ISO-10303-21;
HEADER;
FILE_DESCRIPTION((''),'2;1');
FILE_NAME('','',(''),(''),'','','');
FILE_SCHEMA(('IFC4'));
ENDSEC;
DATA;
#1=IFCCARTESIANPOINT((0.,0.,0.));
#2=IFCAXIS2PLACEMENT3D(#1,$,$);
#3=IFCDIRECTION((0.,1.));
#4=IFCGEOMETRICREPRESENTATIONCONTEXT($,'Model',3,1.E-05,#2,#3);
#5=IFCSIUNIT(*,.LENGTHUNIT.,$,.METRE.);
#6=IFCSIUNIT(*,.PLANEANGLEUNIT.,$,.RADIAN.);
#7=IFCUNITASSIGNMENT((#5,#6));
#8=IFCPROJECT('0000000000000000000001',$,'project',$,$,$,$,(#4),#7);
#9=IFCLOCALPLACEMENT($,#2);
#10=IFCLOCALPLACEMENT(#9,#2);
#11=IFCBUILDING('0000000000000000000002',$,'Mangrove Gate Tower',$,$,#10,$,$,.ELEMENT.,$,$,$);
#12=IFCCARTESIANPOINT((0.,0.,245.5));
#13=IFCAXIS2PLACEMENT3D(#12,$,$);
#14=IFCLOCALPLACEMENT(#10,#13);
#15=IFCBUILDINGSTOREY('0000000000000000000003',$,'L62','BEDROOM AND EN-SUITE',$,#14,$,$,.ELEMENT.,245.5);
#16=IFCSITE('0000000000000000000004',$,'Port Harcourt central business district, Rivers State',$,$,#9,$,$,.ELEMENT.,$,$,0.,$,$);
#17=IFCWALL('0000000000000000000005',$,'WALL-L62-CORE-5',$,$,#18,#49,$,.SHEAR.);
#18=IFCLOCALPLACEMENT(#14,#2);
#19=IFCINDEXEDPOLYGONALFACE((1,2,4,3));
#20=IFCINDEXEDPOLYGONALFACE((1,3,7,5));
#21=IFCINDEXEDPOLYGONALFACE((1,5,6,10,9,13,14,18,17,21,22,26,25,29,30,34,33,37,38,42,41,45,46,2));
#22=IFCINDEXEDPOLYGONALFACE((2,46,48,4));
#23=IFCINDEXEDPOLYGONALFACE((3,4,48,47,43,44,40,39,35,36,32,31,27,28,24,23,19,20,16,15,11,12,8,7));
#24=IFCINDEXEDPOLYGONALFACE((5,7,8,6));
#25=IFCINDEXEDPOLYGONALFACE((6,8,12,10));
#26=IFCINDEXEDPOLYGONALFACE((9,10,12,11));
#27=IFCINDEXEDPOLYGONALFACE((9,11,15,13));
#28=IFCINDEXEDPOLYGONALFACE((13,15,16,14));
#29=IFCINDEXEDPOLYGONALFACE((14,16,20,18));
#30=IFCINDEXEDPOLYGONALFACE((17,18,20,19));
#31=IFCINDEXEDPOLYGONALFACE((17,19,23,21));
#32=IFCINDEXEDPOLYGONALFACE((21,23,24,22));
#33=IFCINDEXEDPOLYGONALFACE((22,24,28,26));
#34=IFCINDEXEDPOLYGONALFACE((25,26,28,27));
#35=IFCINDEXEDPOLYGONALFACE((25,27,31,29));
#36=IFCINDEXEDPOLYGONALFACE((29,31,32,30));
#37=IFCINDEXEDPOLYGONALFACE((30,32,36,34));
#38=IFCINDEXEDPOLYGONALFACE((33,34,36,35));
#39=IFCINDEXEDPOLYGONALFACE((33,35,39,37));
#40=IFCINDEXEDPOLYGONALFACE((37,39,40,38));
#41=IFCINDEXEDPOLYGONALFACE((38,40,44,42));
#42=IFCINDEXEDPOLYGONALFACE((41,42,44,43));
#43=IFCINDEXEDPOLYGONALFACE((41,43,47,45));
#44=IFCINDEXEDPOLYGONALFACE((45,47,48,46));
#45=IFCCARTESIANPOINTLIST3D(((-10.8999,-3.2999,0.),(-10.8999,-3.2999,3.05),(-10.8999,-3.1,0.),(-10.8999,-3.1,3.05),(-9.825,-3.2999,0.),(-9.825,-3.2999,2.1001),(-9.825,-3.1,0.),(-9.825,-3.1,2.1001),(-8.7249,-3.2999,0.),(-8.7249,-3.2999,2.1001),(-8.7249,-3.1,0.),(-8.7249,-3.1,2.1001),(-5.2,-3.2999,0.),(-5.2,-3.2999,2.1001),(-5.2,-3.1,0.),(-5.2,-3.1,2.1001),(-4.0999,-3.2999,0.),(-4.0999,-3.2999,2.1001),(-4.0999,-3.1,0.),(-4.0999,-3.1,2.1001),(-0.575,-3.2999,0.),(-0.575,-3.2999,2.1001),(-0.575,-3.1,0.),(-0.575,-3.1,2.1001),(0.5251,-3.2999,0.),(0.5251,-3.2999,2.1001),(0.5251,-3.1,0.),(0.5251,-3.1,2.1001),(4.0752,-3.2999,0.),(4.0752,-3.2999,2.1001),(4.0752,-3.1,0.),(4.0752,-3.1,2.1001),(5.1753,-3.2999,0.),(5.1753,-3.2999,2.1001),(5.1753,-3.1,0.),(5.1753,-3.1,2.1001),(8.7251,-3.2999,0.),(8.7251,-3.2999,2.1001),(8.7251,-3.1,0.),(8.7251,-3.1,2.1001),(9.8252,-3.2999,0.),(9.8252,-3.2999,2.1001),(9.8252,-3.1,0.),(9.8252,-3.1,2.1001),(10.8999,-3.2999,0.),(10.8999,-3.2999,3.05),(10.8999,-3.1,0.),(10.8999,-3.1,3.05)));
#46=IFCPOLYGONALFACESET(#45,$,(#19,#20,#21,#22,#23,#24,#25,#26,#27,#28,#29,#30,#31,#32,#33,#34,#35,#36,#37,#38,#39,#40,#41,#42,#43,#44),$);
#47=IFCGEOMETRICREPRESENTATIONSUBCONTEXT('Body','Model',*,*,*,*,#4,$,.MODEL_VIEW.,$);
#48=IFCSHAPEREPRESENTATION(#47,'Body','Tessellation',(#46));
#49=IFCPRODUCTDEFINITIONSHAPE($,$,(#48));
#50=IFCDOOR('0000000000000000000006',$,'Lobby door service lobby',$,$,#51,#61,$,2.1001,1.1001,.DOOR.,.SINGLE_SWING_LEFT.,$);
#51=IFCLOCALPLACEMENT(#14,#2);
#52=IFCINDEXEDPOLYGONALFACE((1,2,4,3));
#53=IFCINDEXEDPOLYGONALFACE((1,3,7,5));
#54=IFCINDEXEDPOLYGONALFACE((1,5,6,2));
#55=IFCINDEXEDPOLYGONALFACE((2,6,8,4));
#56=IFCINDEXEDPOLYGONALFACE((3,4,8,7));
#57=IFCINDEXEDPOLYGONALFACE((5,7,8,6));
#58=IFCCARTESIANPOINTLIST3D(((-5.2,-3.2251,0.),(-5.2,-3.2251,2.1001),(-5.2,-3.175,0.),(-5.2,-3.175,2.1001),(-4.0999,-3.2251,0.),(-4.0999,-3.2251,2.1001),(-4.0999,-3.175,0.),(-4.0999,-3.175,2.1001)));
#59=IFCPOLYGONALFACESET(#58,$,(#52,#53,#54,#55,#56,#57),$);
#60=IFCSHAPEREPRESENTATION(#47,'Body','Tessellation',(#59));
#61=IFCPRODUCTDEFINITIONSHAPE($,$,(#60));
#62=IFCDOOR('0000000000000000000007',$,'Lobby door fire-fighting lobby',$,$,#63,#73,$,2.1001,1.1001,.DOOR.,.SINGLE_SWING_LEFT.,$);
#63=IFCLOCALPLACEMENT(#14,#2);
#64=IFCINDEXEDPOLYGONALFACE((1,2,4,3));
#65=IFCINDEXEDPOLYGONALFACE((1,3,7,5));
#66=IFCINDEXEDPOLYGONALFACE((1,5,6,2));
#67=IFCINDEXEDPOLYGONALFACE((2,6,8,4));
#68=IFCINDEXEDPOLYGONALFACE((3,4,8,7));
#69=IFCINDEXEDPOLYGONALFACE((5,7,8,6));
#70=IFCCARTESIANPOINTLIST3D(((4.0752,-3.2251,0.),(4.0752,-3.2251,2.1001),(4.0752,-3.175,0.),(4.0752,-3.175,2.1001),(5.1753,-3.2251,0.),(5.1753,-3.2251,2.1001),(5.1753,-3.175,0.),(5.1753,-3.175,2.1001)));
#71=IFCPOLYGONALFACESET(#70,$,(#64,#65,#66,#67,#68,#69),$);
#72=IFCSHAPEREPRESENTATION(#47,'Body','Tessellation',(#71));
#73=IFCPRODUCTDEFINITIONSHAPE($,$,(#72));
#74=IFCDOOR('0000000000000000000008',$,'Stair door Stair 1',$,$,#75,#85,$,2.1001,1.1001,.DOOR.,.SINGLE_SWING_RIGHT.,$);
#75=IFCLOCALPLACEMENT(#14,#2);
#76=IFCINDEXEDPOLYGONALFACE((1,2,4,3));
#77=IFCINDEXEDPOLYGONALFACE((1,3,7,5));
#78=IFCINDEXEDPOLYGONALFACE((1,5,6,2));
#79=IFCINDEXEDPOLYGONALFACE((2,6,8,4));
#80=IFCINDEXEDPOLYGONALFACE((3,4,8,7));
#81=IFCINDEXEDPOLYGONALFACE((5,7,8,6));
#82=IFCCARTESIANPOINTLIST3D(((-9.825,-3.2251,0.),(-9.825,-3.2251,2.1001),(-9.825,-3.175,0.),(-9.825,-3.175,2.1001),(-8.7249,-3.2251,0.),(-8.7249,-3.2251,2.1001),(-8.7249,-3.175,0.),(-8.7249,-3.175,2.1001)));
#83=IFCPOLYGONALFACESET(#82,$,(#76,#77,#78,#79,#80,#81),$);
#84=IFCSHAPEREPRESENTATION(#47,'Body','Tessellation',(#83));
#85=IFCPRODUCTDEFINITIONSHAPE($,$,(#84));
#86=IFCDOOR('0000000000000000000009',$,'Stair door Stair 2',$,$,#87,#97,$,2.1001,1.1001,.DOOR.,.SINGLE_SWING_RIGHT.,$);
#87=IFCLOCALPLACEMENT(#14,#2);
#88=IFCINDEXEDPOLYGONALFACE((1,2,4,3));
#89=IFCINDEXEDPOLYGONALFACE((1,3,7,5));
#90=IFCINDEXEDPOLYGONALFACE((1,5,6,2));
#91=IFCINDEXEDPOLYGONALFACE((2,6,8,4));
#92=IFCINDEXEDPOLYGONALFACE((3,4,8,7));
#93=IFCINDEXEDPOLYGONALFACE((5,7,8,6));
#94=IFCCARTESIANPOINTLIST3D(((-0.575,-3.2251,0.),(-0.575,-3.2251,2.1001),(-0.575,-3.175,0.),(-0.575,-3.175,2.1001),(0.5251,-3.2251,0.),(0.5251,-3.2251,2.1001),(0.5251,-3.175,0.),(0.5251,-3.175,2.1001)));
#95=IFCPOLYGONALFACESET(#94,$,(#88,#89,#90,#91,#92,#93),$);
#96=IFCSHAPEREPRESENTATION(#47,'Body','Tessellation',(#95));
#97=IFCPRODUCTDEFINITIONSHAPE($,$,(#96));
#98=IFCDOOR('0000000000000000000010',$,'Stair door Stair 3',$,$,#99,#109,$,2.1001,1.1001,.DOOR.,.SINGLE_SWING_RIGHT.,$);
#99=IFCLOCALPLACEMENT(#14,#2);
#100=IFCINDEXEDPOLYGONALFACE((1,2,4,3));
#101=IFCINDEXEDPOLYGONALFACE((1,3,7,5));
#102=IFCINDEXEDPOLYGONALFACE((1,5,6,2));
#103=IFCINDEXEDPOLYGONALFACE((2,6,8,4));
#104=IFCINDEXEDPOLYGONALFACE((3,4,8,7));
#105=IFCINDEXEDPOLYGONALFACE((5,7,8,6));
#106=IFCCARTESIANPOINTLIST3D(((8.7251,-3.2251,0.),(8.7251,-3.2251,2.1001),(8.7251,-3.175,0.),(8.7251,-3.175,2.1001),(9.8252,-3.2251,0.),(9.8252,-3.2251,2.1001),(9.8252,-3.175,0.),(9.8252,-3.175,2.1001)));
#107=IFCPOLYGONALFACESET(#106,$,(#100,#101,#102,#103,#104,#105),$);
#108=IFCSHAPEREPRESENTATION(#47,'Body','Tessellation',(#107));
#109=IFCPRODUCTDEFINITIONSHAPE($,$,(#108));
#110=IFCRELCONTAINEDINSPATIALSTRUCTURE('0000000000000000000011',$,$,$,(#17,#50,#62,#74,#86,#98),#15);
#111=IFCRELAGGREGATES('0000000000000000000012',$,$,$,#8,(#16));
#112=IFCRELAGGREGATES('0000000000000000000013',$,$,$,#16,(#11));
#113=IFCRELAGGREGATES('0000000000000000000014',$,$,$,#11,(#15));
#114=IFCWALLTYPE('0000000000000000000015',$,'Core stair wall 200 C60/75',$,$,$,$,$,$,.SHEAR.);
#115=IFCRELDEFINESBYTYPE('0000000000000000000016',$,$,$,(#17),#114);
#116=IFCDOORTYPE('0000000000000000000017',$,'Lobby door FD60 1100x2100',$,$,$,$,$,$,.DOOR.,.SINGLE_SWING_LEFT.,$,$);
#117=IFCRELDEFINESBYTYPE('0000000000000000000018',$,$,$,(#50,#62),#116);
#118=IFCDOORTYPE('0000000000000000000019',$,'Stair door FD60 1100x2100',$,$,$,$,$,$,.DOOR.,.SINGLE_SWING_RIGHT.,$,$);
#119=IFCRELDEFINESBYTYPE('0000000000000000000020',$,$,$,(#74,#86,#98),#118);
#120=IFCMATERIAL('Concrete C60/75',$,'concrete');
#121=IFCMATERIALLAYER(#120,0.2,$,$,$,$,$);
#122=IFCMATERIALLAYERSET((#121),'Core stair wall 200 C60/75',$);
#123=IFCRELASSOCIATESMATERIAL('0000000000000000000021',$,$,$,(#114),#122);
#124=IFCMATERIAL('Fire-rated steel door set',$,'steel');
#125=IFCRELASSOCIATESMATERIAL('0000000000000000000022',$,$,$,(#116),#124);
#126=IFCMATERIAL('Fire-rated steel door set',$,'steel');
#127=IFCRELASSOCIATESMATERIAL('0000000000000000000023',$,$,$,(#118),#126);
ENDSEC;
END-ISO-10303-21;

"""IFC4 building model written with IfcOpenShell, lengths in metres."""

from ifc_helpers import new_model, si_unit, direction, frame, frame_2d, origin, place, context, subcontext, project, spatial, rectangle, extrude, material, layer, layer_set, type_object, element, fill, save


model = new_model("IFC4")

# Units and contexts
model_context = context("Model", 3, precision=1e-05, world=origin(), true_north=direction((0.0, 1.0)))
body_context = subcontext(model_context, "Body", "Model", "MODEL_VIEW")
ifc_project = project(units=[si_unit("LENGTHUNIT", "METRE"), si_unit("PLANEANGLEUNIT", "RADIAN")], contexts=[model_context])

# Site, building, storey
site_placement = place(None, origin())
site = spatial("IfcSite", under=ifc_project, at=site_placement, Name="Port Harcourt central business district, Rivers State", CompositionType="ELEMENT", RefElevation=0.0)
building_placement = place(site_placement, origin())
building = spatial("IfcBuilding", under=site, at=building_placement, Name="Mangrove Gate Tower", CompositionType="ELEMENT")
storey_placement = place(building_placement, frame((0.0, 0.0, 245.5)))
storey = spatial("IfcBuildingStorey", under=building, at=storey_placement, Name="L62", Description="BEDROOM AND EN-SUITE", CompositionType="ELEMENT", Elevation=245.5)

# Wall, openings, doors
ifc_material_1 = material(Name="Concrete C60/75", Category="concrete")
ifc_layer_1 = layer(ifc_material_1, 0.2)
ifc_layer_set_1 = layer_set([ifc_layer_1], Name="Core stair wall 200 C60/75")
wall_type_1 = type_object("IfcWallType", Name="Core stair wall 200 C60/75", PredefinedType="SHEAR", material=ifc_layer_set_1)
wall_1_placement = place(storey_placement, frame((-10.8999, -3.2, 0.0), z_axis=(0.0, 0.0, 1.0), x_axis=(1.0, 0.0, 0.0)))
wall_1 = element("IfcWall", 1, at=wall_1_placement, inside=storey, type_object=wall_type_1, Name="WALL-L62-CORE-5", PredefinedType="SHEAR", context=body_context, shape_type="SweptSolid", body=[
    extrude(rectangle(XDim=21.7998, YDim=0.2, at=frame_2d((10.8999, 0.0))), origin(), (0.0, 0.0, 1.0), 3.05),
])
opening_1_placement = place(wall_1_placement, frame((1.075, 0.0, 0.0)))
opening_1 = element("IfcOpeningElement", 2, at=opening_1_placement, cuts=wall_1, PredefinedType="OPENING", context=body_context, shape_type="SweptSolid", body=[
    extrude(rectangle(XDim=1.1001, YDim=2.1001, at=frame_2d((0.55, 1.05))), frame((0.0, 0.1099, 0.0), z_axis=(0.0, -1.0, 0.0), x_axis=(1.0, 0.0, 0.0)), (0.0, 0.0, 1.0), 0.22),
])
opening_2_placement = place(wall_1_placement, frame((10.325, 0.0, 0.0)))
opening_2 = element("IfcOpeningElement", 3, at=opening_2_placement, cuts=wall_1, PredefinedType="OPENING", context=body_context, shape_type="SweptSolid", body=[
    extrude(rectangle(XDim=1.1001, YDim=2.1001, at=frame_2d((0.55, 1.05))), frame((0.0, 0.1099, 0.0), z_axis=(0.0, -1.0, 0.0), x_axis=(1.0, 0.0, 0.0)), (0.0, 0.0, 1.0), 0.22),
])
opening_3_placement = place(wall_1_placement, frame((19.625, 0.0, 0.0)))
opening_3 = element("IfcOpeningElement", 4, at=opening_3_placement, cuts=wall_1, PredefinedType="OPENING", context=body_context, shape_type="SweptSolid", body=[
    extrude(rectangle(XDim=1.1001, YDim=2.1001, at=frame_2d((0.55, 1.05))), frame((0.0, 0.1099, 0.0), z_axis=(0.0, -1.0, 0.0), x_axis=(1.0, 0.0, 0.0)), (0.0, 0.0, 1.0), 0.22),
])
opening_4_placement = place(wall_1_placement, frame((5.7, 0.0, 0.0)))
opening_4 = element("IfcOpeningElement", 5, at=opening_4_placement, cuts=wall_1, PredefinedType="OPENING", context=body_context, shape_type="SweptSolid", body=[
    extrude(rectangle(XDim=1.1001, YDim=2.1001, at=frame_2d((0.55, 1.05))), frame((0.0, 0.1099, 0.0), z_axis=(0.0, -1.0, 0.0), x_axis=(1.0, 0.0, 0.0)), (0.0, 0.0, 1.0), 0.22),
])
opening_5_placement = place(wall_1_placement, frame((14.9751, 0.0, 0.0)))
opening_5 = element("IfcOpeningElement", 6, at=opening_5_placement, cuts=wall_1, PredefinedType="OPENING", context=body_context, shape_type="SweptSolid", body=[
    extrude(rectangle(XDim=1.1001, YDim=2.1001, at=frame_2d((0.55, 1.05))), frame((0.0, 0.1099, 0.0), z_axis=(0.0, -1.0, 0.0), x_axis=(1.0, 0.0, 0.0)), (0.0, 0.0, 1.0), 0.22),
])
ifc_material_2 = material(Name="Fire-rated steel door set", Category="steel")
door_type_1 = type_object("IfcDoorType", Name="Lobby door FD60 1100x2100", OperationType="SINGLE_SWING_LEFT", PredefinedType="DOOR", material=ifc_material_2)
door_1_placement = place(opening_4_placement, origin())
door_1 = element("IfcDoor", 7, at=door_1_placement, inside=storey, type_object=door_type_1, Name="Lobby door service lobby", OperationType="SINGLE_SWING_LEFT", OverallHeight=2.1001, OverallWidth=1.1001, PredefinedType="DOOR", context=body_context, shape_type="SweptSolid", body=[
    extrude(rectangle(XDim=1.1001, YDim=2.1001, at=frame_2d((0.55, 1.05))), frame((0.0, 0.0249, 0.0), z_axis=(0.0, -1.0, 0.0), x_axis=(1.0, 0.0, 0.0)), (0.0, 0.0, 1.0), 0.05),
])
fill(opening_4, door_1)
door_2_placement = place(opening_5_placement, origin())
door_2 = element("IfcDoor", 8, at=door_2_placement, inside=storey, type_object=door_type_1, Name="Lobby door fire-fighting lobby", OperationType="SINGLE_SWING_LEFT", OverallHeight=2.1001, OverallWidth=1.1001, PredefinedType="DOOR", context=body_context, shape_type="SweptSolid", body=[
    extrude(rectangle(XDim=1.1001, YDim=2.1001, at=frame_2d((0.55, 1.05))), frame((0.0, 0.0249, 0.0), z_axis=(0.0, -1.0, 0.0), x_axis=(1.0, 0.0, 0.0)), (0.0, 0.0, 1.0), 0.05),
])
fill(opening_5, door_2)
ifc_material_3 = material(Name="Fire-rated steel door set", Category="steel")
door_type_2 = type_object("IfcDoorType", Name="Stair door FD60 1100x2100", OperationType="SINGLE_SWING_RIGHT", PredefinedType="DOOR", material=ifc_material_3)
door_3_placement = place(opening_1_placement, origin())
door_3 = element("IfcDoor", 9, at=door_3_placement, inside=storey, type_object=door_type_2, Name="Stair door Stair 1", OperationType="SINGLE_SWING_RIGHT", OverallHeight=2.1001, OverallWidth=1.1001, PredefinedType="DOOR", context=body_context, shape_type="SweptSolid", body=[
    extrude(rectangle(XDim=1.1001, YDim=2.1001, at=frame_2d((0.55, 1.05))), frame((0.0, 0.0249, 0.0), z_axis=(0.0, -1.0, 0.0), x_axis=(1.0, 0.0, 0.0)), (0.0, 0.0, 1.0), 0.05),
])
fill(opening_1, door_3)
door_4_placement = place(opening_2_placement, origin())
door_4 = element("IfcDoor", 10, at=door_4_placement, inside=storey, type_object=door_type_2, Name="Stair door Stair 2", OperationType="SINGLE_SWING_RIGHT", OverallHeight=2.1001, OverallWidth=1.1001, PredefinedType="DOOR", context=body_context, shape_type="SweptSolid", body=[
    extrude(rectangle(XDim=1.1001, YDim=2.1001, at=frame_2d((0.55, 1.05))), frame((0.0, 0.0249, 0.0), z_axis=(0.0, -1.0, 0.0), x_axis=(1.0, 0.0, 0.0)), (0.0, 0.0, 1.0), 0.05),
])
fill(opening_2, door_4)
door_5_placement = place(opening_3_placement, origin())
door_5 = element("IfcDoor", 11, at=door_5_placement, inside=storey, type_object=door_type_2, Name="Stair door Stair 3", OperationType="SINGLE_SWING_RIGHT", OverallHeight=2.1001, OverallWidth=1.1001, PredefinedType="DOOR", context=body_context, shape_type="SweptSolid", body=[
    extrude(rectangle(XDim=1.1001, YDim=2.1001, at=frame_2d((0.55, 1.05))), frame((0.0, 0.0249, 0.0), z_axis=(0.0, -1.0, 0.0), x_axis=(1.0, 0.0, 0.0)), (0.0, 0.0, 1.0), 0.05),
])
fill(opening_3, door_5)

save(model, "model.ifc")
